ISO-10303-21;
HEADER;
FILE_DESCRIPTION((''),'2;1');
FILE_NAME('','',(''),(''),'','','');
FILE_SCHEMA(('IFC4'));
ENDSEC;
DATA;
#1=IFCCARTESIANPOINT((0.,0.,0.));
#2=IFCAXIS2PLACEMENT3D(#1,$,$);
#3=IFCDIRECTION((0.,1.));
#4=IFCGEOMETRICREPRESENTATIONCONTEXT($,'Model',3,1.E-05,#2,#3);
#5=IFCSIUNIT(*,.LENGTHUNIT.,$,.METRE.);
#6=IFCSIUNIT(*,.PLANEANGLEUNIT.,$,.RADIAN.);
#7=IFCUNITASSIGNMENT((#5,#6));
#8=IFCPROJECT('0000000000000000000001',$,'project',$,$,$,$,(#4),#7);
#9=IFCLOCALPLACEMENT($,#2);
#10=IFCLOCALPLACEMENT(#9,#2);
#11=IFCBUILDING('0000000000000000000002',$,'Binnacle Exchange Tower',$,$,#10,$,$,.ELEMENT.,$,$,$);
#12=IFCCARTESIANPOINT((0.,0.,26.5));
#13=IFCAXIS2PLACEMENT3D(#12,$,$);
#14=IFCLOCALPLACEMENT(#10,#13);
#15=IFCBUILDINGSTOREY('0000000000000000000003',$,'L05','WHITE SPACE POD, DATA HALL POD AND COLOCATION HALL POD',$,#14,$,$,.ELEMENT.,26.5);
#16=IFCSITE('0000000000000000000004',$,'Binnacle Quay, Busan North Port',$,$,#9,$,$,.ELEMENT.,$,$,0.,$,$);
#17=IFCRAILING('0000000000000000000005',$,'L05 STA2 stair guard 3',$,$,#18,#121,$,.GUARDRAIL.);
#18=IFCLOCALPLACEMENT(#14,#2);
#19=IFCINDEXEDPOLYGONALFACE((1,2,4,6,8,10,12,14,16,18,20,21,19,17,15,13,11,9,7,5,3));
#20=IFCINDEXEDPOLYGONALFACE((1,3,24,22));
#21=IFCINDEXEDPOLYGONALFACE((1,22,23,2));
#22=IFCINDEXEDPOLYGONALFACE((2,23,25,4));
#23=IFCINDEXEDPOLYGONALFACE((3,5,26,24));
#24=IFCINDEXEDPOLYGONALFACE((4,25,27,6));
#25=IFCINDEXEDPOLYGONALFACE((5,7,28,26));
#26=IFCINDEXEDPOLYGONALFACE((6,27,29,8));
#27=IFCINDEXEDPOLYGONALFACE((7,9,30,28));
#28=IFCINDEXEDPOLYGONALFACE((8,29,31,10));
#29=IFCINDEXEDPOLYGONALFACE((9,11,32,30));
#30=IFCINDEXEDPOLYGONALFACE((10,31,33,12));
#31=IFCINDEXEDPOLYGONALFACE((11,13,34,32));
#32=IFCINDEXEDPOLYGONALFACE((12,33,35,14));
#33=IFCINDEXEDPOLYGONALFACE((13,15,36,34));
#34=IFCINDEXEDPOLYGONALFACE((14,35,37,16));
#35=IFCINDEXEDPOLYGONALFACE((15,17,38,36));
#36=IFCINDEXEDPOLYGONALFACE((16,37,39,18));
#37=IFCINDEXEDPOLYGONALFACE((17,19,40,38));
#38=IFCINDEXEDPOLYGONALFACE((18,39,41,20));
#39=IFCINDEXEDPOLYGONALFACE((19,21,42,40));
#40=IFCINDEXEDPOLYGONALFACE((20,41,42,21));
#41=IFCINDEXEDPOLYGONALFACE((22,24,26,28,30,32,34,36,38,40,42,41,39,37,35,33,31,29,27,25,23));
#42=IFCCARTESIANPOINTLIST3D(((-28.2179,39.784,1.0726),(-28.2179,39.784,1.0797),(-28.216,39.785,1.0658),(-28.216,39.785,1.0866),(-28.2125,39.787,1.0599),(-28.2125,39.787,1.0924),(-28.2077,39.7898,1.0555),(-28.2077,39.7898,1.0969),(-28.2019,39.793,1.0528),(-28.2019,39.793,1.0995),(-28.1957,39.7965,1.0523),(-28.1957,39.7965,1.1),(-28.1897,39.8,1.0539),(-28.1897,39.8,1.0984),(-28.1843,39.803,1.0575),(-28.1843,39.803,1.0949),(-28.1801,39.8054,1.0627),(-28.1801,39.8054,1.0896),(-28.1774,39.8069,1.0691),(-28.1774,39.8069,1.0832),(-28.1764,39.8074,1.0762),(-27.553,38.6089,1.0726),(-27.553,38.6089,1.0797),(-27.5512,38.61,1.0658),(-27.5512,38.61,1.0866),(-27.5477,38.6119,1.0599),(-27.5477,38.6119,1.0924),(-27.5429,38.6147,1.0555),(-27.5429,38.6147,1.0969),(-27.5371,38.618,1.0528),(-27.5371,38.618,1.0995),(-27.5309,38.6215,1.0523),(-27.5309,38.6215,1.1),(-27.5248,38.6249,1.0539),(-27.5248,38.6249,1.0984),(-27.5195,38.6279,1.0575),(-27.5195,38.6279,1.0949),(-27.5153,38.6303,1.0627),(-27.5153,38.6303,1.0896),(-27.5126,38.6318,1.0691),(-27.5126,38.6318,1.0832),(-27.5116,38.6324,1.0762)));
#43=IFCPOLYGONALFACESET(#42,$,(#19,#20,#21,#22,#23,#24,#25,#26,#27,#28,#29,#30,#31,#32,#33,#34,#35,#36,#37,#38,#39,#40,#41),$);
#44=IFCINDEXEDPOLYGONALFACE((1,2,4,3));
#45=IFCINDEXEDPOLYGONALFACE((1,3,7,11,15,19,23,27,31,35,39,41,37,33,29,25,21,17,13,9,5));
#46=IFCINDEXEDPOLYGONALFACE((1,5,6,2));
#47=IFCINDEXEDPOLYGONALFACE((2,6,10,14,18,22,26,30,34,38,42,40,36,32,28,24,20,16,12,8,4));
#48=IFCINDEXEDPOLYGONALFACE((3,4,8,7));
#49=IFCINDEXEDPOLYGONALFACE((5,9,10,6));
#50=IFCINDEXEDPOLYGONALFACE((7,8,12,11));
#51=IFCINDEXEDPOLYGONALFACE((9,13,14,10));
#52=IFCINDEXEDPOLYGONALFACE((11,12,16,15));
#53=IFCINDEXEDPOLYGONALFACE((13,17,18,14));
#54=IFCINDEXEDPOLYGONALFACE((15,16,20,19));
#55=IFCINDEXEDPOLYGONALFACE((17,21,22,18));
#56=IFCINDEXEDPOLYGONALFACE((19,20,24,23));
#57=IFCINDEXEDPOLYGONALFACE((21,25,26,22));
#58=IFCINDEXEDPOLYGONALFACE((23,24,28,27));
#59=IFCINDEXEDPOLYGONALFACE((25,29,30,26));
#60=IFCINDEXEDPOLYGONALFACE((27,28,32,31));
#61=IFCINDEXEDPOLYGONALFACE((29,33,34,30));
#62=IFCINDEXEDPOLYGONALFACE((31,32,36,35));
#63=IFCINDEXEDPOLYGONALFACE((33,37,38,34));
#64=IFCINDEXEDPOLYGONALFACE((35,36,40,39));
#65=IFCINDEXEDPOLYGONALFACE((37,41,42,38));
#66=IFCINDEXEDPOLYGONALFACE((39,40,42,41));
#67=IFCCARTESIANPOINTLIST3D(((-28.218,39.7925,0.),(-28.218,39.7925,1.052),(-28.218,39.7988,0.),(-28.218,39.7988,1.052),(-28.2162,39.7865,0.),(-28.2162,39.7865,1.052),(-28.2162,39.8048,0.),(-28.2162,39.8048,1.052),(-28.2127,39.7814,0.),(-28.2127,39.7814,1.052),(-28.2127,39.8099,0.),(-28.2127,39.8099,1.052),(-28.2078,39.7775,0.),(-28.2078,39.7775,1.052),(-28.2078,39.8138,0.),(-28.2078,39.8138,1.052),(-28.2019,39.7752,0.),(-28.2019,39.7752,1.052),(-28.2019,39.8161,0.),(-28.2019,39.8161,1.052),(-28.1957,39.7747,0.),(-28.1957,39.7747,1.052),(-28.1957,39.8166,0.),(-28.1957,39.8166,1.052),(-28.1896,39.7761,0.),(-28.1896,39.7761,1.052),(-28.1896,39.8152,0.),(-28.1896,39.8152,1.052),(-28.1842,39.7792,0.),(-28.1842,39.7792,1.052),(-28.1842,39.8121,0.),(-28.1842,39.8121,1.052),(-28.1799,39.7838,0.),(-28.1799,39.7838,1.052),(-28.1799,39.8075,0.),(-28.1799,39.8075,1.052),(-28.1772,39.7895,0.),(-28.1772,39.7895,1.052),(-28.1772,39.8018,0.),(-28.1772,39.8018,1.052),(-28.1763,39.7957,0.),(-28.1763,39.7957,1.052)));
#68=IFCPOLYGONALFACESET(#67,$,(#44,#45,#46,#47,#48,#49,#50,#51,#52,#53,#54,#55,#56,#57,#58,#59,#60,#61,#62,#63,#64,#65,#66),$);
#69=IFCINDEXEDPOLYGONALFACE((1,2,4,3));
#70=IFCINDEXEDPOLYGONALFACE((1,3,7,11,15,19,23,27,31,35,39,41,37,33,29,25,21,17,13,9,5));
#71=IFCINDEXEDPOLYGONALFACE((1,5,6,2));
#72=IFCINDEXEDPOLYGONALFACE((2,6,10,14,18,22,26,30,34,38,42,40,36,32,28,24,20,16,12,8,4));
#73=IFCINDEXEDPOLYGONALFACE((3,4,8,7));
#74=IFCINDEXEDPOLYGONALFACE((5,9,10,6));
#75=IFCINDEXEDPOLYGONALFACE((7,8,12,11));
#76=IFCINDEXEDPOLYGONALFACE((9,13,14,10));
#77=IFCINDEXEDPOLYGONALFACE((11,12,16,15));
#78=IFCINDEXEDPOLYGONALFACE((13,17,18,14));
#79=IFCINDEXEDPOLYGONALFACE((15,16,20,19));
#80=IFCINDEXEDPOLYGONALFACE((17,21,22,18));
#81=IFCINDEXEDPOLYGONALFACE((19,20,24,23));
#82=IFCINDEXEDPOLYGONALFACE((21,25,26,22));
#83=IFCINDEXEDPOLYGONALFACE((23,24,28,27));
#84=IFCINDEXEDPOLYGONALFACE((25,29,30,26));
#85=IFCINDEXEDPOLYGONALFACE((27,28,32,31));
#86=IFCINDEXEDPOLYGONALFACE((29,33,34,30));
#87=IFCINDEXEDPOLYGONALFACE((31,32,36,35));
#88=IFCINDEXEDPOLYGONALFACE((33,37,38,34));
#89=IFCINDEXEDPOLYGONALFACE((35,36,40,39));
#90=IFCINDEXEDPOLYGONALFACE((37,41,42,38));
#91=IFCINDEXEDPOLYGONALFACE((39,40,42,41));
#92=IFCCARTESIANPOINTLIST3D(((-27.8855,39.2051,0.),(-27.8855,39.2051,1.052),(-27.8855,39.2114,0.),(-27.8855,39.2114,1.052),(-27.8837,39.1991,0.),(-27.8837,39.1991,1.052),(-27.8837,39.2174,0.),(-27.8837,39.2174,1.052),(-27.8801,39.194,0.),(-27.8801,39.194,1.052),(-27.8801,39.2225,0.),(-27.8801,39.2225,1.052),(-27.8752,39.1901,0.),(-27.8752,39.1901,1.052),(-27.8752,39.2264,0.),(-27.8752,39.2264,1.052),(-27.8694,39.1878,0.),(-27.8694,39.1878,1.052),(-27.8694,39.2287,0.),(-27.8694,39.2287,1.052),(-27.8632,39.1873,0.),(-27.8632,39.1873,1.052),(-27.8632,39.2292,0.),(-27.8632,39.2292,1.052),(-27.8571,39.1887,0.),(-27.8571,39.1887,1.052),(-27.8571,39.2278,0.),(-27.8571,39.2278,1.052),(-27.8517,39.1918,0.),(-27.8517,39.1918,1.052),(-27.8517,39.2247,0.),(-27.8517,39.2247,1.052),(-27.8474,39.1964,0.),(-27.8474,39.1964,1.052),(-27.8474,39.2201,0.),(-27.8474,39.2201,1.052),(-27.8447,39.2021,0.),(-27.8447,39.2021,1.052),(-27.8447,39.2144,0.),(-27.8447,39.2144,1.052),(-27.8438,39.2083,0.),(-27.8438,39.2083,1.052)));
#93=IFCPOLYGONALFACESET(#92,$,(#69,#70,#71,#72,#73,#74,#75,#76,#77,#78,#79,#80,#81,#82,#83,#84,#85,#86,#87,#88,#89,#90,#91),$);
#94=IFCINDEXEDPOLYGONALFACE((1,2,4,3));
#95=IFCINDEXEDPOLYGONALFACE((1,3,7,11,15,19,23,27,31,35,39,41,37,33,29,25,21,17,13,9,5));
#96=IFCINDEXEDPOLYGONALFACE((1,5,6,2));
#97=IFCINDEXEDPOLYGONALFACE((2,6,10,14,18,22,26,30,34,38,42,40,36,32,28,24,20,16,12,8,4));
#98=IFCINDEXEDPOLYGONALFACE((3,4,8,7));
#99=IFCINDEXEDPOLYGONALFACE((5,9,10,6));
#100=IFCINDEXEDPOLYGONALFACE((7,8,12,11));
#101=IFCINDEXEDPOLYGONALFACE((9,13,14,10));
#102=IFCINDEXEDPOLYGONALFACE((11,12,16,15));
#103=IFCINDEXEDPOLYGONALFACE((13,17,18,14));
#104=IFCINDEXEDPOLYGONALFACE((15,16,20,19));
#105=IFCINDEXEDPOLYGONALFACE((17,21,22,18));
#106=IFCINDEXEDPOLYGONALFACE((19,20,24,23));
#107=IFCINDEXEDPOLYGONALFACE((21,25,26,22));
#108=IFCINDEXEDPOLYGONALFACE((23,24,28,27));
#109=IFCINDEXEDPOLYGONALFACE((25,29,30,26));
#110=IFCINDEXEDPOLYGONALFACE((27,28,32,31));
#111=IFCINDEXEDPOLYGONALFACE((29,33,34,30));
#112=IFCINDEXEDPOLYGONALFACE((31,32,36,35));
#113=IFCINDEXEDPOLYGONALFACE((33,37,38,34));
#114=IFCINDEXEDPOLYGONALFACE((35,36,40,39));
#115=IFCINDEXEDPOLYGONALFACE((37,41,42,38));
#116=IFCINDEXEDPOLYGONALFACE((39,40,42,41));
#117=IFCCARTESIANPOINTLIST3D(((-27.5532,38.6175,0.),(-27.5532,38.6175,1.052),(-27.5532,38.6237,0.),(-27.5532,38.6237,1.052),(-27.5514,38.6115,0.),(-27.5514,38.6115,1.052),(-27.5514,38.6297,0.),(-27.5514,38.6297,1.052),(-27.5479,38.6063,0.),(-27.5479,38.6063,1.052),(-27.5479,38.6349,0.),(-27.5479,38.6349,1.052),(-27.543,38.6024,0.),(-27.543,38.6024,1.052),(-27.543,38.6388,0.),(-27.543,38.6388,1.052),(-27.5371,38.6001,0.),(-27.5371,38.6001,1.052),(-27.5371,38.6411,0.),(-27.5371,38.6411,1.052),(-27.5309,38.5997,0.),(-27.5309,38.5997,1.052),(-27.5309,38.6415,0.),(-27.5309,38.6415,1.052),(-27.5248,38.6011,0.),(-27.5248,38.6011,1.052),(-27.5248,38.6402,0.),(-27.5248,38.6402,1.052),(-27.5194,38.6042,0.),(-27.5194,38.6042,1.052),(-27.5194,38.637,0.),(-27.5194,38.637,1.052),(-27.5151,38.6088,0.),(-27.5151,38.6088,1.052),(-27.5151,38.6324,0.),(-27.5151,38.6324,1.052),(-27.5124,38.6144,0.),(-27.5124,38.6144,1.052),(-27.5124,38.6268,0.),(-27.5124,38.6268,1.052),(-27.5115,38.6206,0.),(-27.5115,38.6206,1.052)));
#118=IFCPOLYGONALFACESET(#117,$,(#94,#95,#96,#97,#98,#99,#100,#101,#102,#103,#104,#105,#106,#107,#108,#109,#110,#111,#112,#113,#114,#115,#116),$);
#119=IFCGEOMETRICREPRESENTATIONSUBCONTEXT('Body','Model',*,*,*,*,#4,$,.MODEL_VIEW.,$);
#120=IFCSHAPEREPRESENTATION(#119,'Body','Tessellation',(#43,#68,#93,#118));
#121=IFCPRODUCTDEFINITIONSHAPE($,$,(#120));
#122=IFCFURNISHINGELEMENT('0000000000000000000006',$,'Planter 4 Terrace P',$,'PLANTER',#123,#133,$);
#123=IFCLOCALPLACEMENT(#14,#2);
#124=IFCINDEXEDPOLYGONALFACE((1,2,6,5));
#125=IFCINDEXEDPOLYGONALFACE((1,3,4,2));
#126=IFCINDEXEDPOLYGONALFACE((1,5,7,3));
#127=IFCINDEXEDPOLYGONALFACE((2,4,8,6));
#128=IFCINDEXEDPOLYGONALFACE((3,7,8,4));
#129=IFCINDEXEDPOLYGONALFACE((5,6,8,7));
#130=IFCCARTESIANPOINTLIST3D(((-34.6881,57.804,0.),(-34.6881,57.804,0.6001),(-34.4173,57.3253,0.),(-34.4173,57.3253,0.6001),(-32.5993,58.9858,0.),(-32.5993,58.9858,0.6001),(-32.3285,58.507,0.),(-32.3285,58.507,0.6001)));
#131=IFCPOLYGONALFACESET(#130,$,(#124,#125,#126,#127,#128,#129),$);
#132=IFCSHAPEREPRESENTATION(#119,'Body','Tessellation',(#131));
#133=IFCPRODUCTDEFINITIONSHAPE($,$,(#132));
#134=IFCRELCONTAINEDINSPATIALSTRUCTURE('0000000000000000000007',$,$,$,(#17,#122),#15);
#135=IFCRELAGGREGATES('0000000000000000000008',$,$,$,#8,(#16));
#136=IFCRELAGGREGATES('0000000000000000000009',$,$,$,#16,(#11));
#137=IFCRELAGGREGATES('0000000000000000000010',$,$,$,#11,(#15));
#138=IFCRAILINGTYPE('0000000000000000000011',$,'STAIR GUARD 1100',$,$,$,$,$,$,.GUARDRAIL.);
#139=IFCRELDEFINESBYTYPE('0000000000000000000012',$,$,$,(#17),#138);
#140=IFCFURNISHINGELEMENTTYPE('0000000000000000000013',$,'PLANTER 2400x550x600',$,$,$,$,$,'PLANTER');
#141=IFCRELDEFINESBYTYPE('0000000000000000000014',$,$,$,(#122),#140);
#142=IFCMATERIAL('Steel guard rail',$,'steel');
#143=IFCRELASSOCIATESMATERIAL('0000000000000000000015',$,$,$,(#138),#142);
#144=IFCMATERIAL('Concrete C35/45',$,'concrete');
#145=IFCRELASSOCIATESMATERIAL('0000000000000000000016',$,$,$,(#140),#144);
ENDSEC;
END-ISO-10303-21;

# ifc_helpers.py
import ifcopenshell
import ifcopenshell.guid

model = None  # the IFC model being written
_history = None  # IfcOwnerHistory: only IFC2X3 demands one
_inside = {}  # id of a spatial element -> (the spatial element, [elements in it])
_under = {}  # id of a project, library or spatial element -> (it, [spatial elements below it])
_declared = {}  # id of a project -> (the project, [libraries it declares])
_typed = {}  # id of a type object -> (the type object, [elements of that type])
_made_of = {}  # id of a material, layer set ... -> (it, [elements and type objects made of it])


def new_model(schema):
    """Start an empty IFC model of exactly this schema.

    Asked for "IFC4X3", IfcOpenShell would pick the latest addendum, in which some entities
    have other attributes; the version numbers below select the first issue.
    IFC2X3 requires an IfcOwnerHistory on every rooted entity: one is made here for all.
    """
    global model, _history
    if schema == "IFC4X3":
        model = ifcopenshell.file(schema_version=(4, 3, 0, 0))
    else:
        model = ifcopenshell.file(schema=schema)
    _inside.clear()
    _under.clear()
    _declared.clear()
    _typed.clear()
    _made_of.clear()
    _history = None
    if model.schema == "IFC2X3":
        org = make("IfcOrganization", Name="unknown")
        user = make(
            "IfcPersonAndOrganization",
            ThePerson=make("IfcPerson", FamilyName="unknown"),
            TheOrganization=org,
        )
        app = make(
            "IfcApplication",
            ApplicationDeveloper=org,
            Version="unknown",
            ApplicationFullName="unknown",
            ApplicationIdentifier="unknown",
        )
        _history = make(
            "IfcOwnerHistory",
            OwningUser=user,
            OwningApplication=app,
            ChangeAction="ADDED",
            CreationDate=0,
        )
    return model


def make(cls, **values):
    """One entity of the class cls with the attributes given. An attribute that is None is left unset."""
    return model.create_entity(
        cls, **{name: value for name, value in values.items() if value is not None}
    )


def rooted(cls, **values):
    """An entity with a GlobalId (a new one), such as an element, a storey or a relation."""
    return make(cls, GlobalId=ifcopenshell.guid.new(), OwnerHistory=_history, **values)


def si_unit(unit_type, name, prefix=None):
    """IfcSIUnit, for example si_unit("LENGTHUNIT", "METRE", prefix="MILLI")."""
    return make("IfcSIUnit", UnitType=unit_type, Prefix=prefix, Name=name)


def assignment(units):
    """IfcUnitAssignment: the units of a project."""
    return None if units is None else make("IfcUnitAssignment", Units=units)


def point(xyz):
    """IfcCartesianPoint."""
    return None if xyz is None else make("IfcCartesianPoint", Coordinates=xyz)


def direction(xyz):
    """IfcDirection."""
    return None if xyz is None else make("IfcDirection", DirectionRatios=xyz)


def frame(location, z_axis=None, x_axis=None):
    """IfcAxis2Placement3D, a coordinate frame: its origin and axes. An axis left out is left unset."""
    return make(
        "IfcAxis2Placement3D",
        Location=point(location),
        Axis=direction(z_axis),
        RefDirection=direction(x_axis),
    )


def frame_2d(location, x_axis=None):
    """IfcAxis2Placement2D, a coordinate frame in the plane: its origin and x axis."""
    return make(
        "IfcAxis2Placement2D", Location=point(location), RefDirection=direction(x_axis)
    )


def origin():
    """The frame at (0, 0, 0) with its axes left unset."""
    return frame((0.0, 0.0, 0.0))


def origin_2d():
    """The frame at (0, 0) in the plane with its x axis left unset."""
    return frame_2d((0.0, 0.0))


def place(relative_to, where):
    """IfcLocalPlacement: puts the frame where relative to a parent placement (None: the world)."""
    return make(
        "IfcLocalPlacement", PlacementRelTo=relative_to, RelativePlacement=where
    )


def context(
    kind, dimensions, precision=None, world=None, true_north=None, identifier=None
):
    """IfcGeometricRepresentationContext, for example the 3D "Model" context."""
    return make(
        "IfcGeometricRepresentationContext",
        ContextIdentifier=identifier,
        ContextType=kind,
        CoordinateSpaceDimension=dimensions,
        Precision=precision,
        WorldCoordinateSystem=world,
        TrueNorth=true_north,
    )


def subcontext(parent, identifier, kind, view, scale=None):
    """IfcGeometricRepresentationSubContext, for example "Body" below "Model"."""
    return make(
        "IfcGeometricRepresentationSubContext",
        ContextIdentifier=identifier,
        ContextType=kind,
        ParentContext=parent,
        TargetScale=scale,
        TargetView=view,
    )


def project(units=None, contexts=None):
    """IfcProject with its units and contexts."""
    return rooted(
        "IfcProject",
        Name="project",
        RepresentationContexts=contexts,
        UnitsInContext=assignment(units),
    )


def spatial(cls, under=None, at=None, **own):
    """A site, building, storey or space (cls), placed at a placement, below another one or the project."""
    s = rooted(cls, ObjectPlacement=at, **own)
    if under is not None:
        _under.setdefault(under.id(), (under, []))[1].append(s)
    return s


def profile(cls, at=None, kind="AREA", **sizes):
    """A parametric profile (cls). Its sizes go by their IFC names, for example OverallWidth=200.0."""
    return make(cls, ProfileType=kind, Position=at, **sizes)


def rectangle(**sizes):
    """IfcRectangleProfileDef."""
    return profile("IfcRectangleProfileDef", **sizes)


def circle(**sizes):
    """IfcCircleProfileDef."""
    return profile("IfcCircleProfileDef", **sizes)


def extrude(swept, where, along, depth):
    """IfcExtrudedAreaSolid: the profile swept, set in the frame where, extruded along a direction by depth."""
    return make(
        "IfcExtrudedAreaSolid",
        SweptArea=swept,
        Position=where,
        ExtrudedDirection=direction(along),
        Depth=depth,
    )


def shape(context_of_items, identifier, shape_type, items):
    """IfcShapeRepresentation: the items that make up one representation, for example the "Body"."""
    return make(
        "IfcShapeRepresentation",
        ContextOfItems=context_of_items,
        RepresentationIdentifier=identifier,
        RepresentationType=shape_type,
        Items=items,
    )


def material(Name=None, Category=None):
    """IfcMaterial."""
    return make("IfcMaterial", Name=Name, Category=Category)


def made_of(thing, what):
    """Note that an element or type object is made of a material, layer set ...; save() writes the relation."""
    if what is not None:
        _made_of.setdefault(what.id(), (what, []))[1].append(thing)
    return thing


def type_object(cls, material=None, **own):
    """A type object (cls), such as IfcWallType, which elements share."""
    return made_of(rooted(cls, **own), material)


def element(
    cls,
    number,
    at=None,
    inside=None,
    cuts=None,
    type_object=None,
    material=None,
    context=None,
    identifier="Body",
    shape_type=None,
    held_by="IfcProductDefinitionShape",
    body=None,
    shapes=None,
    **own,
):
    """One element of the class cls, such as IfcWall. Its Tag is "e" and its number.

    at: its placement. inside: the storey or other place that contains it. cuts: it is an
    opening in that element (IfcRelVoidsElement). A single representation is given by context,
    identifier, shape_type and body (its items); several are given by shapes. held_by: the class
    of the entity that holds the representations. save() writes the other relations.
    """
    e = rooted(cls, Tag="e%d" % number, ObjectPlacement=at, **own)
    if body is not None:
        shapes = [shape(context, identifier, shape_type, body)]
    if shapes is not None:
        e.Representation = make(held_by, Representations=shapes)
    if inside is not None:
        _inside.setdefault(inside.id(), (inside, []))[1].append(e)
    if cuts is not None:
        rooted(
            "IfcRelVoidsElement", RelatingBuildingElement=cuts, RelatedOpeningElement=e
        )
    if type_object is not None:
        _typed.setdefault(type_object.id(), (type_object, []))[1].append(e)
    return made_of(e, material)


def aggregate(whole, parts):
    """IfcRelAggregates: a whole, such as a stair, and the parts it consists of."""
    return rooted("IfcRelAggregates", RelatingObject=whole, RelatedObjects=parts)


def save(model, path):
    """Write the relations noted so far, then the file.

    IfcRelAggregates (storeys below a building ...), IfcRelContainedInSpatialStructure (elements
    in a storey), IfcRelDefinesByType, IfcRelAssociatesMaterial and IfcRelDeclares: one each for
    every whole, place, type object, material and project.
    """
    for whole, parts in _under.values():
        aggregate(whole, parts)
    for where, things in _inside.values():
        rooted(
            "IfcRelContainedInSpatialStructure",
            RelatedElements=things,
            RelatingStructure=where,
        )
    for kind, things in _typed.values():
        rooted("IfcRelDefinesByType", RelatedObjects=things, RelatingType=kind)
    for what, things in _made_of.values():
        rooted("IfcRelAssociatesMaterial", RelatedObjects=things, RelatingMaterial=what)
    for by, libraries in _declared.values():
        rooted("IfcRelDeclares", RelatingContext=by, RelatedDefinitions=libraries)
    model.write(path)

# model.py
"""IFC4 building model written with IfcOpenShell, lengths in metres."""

from ifc_helpers import new_model, si_unit, direction, frame, origin, origin_2d, place, context, subcontext, project, spatial, rectangle, circle, extrude, material, type_object, element, save


model = new_model("IFC4")

# Units and contexts
model_context = context("Model", 3, precision=1e-05, world=origin(), true_north=direction((0.0, 1.0)))
body_context = subcontext(model_context, "Body", "Model", "MODEL_VIEW")
ifc_project = project(units=[si_unit("LENGTHUNIT", "METRE"), si_unit("PLANEANGLEUNIT", "RADIAN")], contexts=[model_context])

# Site, building, storey
site_placement = place(None, origin())
site = spatial("IfcSite", under=ifc_project, at=site_placement, Name="Binnacle Quay, Busan North Port", CompositionType="ELEMENT", RefElevation=0.0)
building_placement = place(site_placement, origin())
building = spatial("IfcBuilding", under=site, at=building_placement, Name="Binnacle Exchange Tower", CompositionType="ELEMENT")
storey_placement = place(building_placement, frame((0.0, 0.0, 26.5)))
storey = spatial("IfcBuildingStorey", under=building, at=storey_placement, Name="L05", Description="WHITE SPACE POD, DATA HALL POD AND COLOCATION HALL POD", CompositionType="ELEMENT", Elevation=26.5)

# Shared definitions
ifc_material_1 = material(Name="Concrete C35/45", Category="concrete")

# Railing
ifc_material_2 = material(Name="Steel guard rail", Category="steel")
railing_type_1 = type_object("IfcRailingType", Name="STAIR GUARD 1100", PredefinedType="GUARDRAIL", material=ifc_material_2)
railing_1_placement = place(storey_placement, frame((-28.1973, 39.7957, 0.0)))
element("IfcRailing", 1, at=railing_1_placement, inside=storey, type_object=railing_type_1, Name="L05 STA2 stair guard 3", PredefinedType="GUARDRAIL", context=body_context, shape_type="SweptSolid", body=[
    extrude(circle(Radius=0.0239, at=origin_2d()), frame((0.0, 0.0, 1.0762), z_axis=(0.492415, -0.870361, 0.0), x_axis=(0.870361, 0.492415, 0.0)), (0.0, 0.0, 1.0), 1.3501),
    extrude(circle(Radius=0.021, at=origin_2d()), origin(), (0.0, 0.0, 1.0), 1.052),
    extrude(circle(Radius=0.021, at=origin_2d()), frame((0.3325, -0.5874, 0.0)), (0.0, 0.0, 1.0), 1.052),
    extrude(circle(Radius=0.021, at=origin_2d()), frame((0.6648, -1.175, 0.0)), (0.0, 0.0, 1.0), 1.052),
])

# Furnishing element
furnishing_element_type = type_object("IfcFurnishingElementType", Name="PLANTER 2400x550x600", ElementType="PLANTER", material=ifc_material_1)
furnishing_placement = place(storey_placement, frame((-33.5083, 58.1555, 0.0), z_axis=(0.0, 0.0, 1.0), x_axis=(-0.870357, -0.492422, 0.0)))
element("IfcFurnishingElement", 2, at=furnishing_placement, inside=storey, type_object=furnishing_element_type, Name="Planter 4 Terrace P", ObjectType="PLANTER", context=body_context, shape_type="SweptSolid", body=[
    extrude(rectangle(XDim=2.3999, YDim=0.55, at=origin_2d()), origin(), (0.0, 0.0, 1.0), 0.6001),
])

save(model, "model.ifc")
